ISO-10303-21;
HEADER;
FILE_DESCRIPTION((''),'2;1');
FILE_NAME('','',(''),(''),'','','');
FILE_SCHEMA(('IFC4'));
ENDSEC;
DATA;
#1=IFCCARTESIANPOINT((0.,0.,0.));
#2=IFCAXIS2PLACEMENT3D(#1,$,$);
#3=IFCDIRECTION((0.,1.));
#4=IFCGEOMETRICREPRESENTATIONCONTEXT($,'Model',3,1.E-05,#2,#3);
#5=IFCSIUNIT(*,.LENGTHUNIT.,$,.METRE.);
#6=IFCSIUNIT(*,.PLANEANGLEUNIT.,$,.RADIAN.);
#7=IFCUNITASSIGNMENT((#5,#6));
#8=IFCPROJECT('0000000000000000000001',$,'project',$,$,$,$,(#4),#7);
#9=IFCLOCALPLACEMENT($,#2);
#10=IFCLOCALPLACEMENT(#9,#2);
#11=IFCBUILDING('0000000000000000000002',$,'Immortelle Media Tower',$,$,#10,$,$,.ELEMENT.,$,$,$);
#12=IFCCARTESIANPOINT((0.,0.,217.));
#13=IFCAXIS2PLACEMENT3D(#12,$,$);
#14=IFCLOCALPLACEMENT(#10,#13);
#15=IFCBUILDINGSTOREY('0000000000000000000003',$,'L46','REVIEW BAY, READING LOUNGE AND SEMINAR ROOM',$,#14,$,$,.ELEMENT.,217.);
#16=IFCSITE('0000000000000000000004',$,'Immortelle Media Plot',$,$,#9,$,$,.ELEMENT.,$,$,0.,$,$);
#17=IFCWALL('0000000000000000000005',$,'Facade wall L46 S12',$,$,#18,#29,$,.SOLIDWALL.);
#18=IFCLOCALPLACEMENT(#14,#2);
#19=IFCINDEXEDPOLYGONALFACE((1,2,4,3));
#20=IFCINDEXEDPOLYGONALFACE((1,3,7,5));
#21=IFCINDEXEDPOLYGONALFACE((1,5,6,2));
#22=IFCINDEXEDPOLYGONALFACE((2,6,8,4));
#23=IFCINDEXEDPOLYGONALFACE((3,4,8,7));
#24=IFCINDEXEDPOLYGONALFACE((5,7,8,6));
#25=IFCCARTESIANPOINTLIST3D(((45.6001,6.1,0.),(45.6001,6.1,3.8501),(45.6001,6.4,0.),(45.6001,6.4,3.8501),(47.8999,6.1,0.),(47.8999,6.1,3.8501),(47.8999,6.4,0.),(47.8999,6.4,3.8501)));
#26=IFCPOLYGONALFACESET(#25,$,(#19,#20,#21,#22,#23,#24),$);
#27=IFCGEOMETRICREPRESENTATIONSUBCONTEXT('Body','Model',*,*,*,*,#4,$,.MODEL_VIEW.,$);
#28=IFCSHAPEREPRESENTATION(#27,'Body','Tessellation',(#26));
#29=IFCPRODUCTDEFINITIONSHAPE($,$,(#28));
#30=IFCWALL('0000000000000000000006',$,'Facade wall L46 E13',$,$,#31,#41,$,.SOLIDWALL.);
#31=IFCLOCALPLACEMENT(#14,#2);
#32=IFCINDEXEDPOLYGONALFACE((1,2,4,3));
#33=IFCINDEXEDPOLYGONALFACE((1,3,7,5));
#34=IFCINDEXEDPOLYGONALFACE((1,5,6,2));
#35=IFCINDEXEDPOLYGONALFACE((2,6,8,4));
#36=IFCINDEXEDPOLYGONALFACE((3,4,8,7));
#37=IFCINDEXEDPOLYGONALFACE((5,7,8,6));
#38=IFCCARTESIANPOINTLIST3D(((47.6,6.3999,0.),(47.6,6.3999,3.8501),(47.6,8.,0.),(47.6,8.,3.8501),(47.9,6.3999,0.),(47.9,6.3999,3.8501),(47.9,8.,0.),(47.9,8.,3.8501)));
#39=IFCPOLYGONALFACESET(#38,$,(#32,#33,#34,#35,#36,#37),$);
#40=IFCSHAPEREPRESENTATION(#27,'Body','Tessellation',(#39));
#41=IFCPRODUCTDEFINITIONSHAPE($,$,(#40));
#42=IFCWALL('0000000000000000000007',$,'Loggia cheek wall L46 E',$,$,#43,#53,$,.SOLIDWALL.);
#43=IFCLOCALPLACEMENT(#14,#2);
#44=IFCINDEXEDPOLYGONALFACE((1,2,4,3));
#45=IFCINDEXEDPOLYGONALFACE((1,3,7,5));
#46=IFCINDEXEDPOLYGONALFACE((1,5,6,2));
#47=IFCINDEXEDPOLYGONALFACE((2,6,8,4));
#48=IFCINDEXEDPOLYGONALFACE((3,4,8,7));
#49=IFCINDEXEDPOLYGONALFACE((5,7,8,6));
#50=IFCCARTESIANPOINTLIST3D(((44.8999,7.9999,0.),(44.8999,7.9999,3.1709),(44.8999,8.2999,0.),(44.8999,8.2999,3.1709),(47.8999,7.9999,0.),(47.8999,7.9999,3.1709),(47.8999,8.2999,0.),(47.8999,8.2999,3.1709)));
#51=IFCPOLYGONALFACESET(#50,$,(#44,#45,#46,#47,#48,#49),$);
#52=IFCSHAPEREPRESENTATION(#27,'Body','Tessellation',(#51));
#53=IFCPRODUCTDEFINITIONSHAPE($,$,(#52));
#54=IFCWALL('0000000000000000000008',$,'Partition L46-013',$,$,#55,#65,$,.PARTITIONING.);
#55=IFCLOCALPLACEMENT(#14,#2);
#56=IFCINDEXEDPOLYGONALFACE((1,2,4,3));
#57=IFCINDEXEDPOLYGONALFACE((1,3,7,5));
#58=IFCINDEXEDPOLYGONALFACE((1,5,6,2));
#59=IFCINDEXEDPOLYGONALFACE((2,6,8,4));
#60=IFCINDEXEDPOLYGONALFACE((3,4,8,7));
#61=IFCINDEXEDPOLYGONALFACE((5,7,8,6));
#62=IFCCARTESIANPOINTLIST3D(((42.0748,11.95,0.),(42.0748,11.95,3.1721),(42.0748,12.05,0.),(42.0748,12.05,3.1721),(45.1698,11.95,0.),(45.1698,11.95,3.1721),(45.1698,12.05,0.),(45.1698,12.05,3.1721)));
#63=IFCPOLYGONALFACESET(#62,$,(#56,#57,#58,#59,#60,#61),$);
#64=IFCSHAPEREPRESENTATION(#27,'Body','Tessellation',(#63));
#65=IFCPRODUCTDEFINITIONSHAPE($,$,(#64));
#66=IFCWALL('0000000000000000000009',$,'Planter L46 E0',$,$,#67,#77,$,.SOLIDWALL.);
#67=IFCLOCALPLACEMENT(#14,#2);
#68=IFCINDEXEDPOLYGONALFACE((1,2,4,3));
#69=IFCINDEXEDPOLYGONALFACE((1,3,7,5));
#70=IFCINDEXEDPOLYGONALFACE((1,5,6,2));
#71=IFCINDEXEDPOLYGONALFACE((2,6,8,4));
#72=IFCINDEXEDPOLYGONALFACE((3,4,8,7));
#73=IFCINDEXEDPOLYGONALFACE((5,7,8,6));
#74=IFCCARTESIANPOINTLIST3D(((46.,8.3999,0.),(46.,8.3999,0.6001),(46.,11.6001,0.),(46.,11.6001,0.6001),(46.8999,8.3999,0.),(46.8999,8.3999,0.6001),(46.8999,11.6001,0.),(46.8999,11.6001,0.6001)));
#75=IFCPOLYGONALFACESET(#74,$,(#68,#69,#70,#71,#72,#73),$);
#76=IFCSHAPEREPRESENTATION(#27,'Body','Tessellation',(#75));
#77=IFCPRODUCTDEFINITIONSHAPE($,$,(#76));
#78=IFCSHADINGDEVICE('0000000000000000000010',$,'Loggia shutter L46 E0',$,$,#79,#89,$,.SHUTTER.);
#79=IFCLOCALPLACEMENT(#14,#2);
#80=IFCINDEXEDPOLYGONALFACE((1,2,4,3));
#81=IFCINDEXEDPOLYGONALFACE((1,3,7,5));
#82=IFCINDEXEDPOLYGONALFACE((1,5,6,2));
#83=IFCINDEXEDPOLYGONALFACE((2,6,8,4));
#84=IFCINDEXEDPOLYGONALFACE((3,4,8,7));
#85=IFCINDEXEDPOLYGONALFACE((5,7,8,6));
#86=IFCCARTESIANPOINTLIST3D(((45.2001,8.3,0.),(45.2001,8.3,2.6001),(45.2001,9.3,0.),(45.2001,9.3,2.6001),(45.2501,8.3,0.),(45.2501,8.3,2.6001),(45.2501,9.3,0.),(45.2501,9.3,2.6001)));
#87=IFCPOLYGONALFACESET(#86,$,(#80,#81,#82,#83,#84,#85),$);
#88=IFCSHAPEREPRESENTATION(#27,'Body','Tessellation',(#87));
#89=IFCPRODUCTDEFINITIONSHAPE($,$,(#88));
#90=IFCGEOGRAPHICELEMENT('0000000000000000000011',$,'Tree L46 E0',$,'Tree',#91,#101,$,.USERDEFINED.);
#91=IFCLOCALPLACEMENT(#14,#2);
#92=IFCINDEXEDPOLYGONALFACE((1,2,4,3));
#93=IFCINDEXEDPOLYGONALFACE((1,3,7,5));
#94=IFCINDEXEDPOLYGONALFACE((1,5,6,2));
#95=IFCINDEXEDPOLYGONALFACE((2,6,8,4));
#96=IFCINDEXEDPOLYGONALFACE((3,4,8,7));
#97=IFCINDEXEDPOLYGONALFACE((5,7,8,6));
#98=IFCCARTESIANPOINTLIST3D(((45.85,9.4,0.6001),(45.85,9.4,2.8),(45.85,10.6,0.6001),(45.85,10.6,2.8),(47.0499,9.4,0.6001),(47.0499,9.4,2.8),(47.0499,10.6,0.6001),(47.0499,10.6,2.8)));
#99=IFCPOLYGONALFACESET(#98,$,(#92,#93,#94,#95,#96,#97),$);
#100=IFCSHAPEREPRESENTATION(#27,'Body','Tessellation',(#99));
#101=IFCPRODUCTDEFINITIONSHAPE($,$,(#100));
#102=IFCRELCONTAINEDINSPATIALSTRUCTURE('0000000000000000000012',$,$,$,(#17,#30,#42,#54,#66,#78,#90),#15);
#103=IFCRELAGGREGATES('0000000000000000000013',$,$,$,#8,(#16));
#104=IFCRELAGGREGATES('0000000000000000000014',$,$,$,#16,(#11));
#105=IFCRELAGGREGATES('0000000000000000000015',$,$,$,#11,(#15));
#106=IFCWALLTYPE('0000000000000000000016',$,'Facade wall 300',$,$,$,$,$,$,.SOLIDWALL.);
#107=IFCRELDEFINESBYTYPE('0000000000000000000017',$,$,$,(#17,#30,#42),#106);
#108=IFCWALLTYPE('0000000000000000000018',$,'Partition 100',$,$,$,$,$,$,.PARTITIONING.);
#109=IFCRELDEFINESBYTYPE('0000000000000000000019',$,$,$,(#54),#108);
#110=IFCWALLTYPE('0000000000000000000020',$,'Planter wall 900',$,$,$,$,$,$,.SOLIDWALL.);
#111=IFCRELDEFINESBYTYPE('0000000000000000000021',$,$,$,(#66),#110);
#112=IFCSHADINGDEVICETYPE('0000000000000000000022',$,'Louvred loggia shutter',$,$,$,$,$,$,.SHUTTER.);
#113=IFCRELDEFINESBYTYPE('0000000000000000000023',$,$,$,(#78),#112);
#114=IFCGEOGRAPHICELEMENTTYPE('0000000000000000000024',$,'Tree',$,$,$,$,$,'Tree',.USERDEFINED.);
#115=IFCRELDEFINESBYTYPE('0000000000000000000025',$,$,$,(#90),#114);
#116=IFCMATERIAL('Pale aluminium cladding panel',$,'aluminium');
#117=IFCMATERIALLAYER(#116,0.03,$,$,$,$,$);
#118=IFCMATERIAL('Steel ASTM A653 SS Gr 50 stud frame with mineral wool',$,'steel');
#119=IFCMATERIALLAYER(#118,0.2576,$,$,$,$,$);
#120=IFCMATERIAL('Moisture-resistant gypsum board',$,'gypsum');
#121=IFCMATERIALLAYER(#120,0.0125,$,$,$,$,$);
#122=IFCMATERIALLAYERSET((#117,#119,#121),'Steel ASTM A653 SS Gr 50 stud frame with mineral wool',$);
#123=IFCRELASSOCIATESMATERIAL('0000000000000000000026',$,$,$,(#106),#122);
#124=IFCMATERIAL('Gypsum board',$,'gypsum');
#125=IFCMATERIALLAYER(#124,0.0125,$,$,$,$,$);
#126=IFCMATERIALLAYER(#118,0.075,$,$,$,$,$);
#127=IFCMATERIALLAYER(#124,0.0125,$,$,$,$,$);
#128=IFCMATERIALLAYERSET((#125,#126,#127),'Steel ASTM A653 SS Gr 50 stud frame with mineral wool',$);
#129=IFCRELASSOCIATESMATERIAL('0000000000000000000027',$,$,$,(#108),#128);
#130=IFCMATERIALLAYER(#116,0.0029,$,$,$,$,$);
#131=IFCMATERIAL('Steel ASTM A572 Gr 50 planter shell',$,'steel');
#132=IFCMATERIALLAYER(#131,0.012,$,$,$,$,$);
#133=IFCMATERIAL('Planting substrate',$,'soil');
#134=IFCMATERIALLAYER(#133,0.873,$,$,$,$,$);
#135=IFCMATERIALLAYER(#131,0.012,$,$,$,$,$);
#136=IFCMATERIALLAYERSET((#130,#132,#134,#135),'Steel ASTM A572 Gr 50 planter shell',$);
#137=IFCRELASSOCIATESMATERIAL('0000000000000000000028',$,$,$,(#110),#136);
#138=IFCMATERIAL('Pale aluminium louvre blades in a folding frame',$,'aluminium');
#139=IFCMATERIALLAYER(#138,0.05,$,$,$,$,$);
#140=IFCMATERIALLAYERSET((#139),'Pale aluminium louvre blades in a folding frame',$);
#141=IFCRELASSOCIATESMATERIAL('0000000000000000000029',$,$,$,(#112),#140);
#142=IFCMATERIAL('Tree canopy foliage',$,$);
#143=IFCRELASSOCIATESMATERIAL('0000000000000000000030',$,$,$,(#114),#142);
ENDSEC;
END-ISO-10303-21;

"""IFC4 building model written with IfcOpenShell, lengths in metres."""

from ifc_helpers import new_model, si_unit, direction, frame, frame_2d, origin, origin_2d, place, context, subcontext, project, spatial, rectangle, extrude, material, layer, layer_set, type_object, element, save


model = new_model("IFC4")

# Units and contexts
model_context = context("Model", 3, precision=1e-05, world=origin(), true_north=direction((0.0, 1.0)))
body_context = subcontext(model_context, "Body", "Model", "MODEL_VIEW")
ifc_project = project(units=[si_unit("LENGTHUNIT", "METRE"), si_unit("PLANEANGLEUNIT", "RADIAN")], contexts=[model_context])

# Site, building, storey
site_placement = place(None, origin())
site = spatial("IfcSite", under=ifc_project, at=site_placement, Name="Immortelle Media Plot", CompositionType="ELEMENT", RefElevation=0.0)
building_placement = place(site_placement, origin())
building = spatial("IfcBuilding", under=site, at=building_placement, Name="Immortelle Media Tower", CompositionType="ELEMENT")
storey_placement = place(building_placement, frame((0.0, 0.0, 217.0)))
storey = spatial("IfcBuildingStorey", under=building, at=storey_placement, Name="L46", Description="REVIEW BAY, READING LOUNGE AND SEMINAR ROOM", CompositionType="ELEMENT", Elevation=217.0)

# Walls
ifc_material_1 = material(Name="Pale aluminium cladding panel", Category="aluminium")
ifc_layer_1 = layer(ifc_material_1, 0.03)
ifc_material_2 = material(Name="Steel ASTM A653 SS Gr 50 stud frame with mineral wool", Category="steel")
ifc_layer_2 = layer(ifc_material_2, 0.2576)
ifc_material_3 = material(Name="Moisture-resistant gypsum board", Category="gypsum")
ifc_layer_3 = layer(ifc_material_3, 0.0125)
ifc_layer_set_1 = layer_set([ifc_layer_1, ifc_layer_2, ifc_layer_3], Name="Steel ASTM A653 SS Gr 50 stud frame with mineral wool")
wall_type_1 = type_object("IfcWallType", Name="Facade wall 300", PredefinedType="SOLIDWALL", material=ifc_layer_set_1)
wall_1_placement = place(storey_placement, frame((45.6001, 6.25, 0.0), z_axis=(0.0, 0.0, 1.0), x_axis=(1.0, 0.0, 0.0)))
element("IfcWall", 1, at=wall_1_placement, inside=storey, type_object=wall_type_1, Name="Facade wall L46 S12", PredefinedType="SOLIDWALL", context=body_context, shape_type="SweptSolid", body=[
    extrude(rectangle(XDim=2.2998, YDim=0.3, at=frame_2d((1.1499, 0.0))), origin(), (0.0, 0.0, 1.0), 3.8501),
])
wall_2_placement = place(storey_placement, frame((47.75, 6.3999, 0.0), z_axis=(0.0, 0.0, 1.0), x_axis=(0.0, 1.0, 0.0)))
element("IfcWall", 2, at=wall_2_placement, inside=storey, type_object=wall_type_1, Name="Facade wall L46 E13", PredefinedType="SOLIDWALL", context=body_context, shape_type="SweptSolid", body=[
    extrude(rectangle(XDim=1.6001, YDim=0.3, at=frame_2d((0.8, 0.0))), origin(), (0.0, 0.0, 1.0), 3.8501),
])

# Walls
wall_3_placement = place(storey_placement, frame((47.8999, 8.1499, 0.0), z_axis=(0.0, 0.0, 1.0), x_axis=(-1.0, 0.0, 0.0)))
element("IfcWall", 3, at=wall_3_placement, inside=storey, type_object=wall_type_1, Name="Loggia cheek wall L46 E", PredefinedType="SOLIDWALL", context=body_context, shape_type="SweptSolid", body=[
    extrude(rectangle(XDim=3.0, YDim=0.3, at=frame_2d((1.5, 0.0))), origin(), (0.0, 0.0, 1.0), 3.1709),
])
ifc_material_4 = material(Name="Gypsum board", Category="gypsum")
ifc_layer_4 = layer(ifc_material_4, 0.0125)
ifc_layer_5 = layer(ifc_material_2, 0.075)
ifc_layer_6 = layer(ifc_material_4, 0.0125)
ifc_layer_set_2 = layer_set([ifc_layer_4, ifc_layer_5, ifc_layer_6], Name="Steel ASTM A653 SS Gr 50 stud frame with mineral wool")
wall_type_2 = type_object("IfcWallType", Name="Partition 100", PredefinedType="PARTITIONING", material=ifc_layer_set_2)
wall_4_placement = place(storey_placement, frame((42.075, 12.0, 0.0), z_axis=(0.0, 0.0, 1.0), x_axis=(1.0, 0.0, 0.0)))
element("IfcWall", 4, at=wall_4_placement, inside=storey, type_object=wall_type_2, Name="Partition L46-013", PredefinedType="PARTITIONING", context=body_context, shape_type="SweptSolid", body=[
    extrude(rectangle(XDim=3.095, YDim=0.1001, at=frame_2d((1.5474, 0.0))), origin(), (0.0, 0.0, 1.0), 3.1721),
])
ifc_layer_7 = layer(ifc_material_1, 0.0029)
ifc_material_5 = material(Name="Steel ASTM A572 Gr 50 planter shell", Category="steel")
ifc_layer_8 = layer(ifc_material_5, 0.012)
ifc_material_6 = material(Name="Planting substrate", Category="soil")
ifc_layer_9 = layer(ifc_material_6, 0.873)
ifc_layer_10 = layer(ifc_material_5, 0.012)
ifc_layer_set_3 = layer_set([ifc_layer_7, ifc_layer_8, ifc_layer_9, ifc_layer_10], Name="Steel ASTM A572 Gr 50 planter shell")
wall_type_3 = type_object("IfcWallType", Name="Planter wall 900", PredefinedType="SOLIDWALL", material=ifc_layer_set_3)
wall_5_placement = place(storey_placement, frame((46.45, 8.3999, 0.0), z_axis=(0.0, 0.0, 1.0), x_axis=(0.0, 1.0, 0.0)))
element("IfcWall", 5, at=wall_5_placement, inside=storey, type_object=wall_type_3, Name="Planter L46 E0", PredefinedType="SOLIDWALL", context=body_context, shape_type="SweptSolid", body=[
    extrude(rectangle(XDim=3.2002, YDim=0.8999, at=frame_2d((1.6001, 0.0))), origin(), (0.0, 0.0, 1.0), 0.6001),
])

# Shading device
ifc_material_7 = material(Name="Pale aluminium louvre blades in a folding frame", Category="aluminium")
ifc_layer_11 = layer(ifc_material_7, 0.05)
ifc_layer_set_4 = layer_set([ifc_layer_11], Name="Pale aluminium louvre blades in a folding frame")
shading_device_type = type_object("IfcShadingDeviceType", Name="Louvred loggia shutter", PredefinedType="SHUTTER", material=ifc_layer_set_4)
shading_device_placement = place(storey_placement, frame((45.2251, 8.8, 0.0), z_axis=(0.0, 0.0, 1.0), x_axis=(0.0, 1.0, 0.0)))
element("IfcShadingDevice", 6, at=shading_device_placement, inside=storey, type_object=shading_device_type, Name="Loggia shutter L46 E0", PredefinedType="SHUTTER", context=body_context, shape_type="SweptSolid", body=[
    extrude(rectangle(XDim=1.0, YDim=0.05, at=origin_2d()), origin(), (0.0, 0.0, 1.0), 2.6001),
])

# Geographic element
ifc_material_8 = material(Name="Tree canopy foliage")
geographic_element_type = type_object("IfcGeographicElementType", Name="Tree", ElementType="Tree", PredefinedType="USERDEFINED", material=ifc_material_8)
geographic_element_placement = place(storey_placement, frame((46.45, 10.0, 0.6001), z_axis=(0.0, 0.0, 1.0), x_axis=(1.0, 0.0, 0.0)))
element("IfcGeographicElement", 7, at=geographic_element_placement, inside=storey, type_object=geographic_element_type, Name="Tree L46 E0", ObjectType="Tree", PredefinedType="USERDEFINED", context=body_context, shape_type="SweptSolid", body=[
    extrude(rectangle(XDim=1.2, YDim=1.2, at=origin_2d()), origin(), (0.0, 0.0, 1.0), 2.2),
])

save(model, "model.ifc")
